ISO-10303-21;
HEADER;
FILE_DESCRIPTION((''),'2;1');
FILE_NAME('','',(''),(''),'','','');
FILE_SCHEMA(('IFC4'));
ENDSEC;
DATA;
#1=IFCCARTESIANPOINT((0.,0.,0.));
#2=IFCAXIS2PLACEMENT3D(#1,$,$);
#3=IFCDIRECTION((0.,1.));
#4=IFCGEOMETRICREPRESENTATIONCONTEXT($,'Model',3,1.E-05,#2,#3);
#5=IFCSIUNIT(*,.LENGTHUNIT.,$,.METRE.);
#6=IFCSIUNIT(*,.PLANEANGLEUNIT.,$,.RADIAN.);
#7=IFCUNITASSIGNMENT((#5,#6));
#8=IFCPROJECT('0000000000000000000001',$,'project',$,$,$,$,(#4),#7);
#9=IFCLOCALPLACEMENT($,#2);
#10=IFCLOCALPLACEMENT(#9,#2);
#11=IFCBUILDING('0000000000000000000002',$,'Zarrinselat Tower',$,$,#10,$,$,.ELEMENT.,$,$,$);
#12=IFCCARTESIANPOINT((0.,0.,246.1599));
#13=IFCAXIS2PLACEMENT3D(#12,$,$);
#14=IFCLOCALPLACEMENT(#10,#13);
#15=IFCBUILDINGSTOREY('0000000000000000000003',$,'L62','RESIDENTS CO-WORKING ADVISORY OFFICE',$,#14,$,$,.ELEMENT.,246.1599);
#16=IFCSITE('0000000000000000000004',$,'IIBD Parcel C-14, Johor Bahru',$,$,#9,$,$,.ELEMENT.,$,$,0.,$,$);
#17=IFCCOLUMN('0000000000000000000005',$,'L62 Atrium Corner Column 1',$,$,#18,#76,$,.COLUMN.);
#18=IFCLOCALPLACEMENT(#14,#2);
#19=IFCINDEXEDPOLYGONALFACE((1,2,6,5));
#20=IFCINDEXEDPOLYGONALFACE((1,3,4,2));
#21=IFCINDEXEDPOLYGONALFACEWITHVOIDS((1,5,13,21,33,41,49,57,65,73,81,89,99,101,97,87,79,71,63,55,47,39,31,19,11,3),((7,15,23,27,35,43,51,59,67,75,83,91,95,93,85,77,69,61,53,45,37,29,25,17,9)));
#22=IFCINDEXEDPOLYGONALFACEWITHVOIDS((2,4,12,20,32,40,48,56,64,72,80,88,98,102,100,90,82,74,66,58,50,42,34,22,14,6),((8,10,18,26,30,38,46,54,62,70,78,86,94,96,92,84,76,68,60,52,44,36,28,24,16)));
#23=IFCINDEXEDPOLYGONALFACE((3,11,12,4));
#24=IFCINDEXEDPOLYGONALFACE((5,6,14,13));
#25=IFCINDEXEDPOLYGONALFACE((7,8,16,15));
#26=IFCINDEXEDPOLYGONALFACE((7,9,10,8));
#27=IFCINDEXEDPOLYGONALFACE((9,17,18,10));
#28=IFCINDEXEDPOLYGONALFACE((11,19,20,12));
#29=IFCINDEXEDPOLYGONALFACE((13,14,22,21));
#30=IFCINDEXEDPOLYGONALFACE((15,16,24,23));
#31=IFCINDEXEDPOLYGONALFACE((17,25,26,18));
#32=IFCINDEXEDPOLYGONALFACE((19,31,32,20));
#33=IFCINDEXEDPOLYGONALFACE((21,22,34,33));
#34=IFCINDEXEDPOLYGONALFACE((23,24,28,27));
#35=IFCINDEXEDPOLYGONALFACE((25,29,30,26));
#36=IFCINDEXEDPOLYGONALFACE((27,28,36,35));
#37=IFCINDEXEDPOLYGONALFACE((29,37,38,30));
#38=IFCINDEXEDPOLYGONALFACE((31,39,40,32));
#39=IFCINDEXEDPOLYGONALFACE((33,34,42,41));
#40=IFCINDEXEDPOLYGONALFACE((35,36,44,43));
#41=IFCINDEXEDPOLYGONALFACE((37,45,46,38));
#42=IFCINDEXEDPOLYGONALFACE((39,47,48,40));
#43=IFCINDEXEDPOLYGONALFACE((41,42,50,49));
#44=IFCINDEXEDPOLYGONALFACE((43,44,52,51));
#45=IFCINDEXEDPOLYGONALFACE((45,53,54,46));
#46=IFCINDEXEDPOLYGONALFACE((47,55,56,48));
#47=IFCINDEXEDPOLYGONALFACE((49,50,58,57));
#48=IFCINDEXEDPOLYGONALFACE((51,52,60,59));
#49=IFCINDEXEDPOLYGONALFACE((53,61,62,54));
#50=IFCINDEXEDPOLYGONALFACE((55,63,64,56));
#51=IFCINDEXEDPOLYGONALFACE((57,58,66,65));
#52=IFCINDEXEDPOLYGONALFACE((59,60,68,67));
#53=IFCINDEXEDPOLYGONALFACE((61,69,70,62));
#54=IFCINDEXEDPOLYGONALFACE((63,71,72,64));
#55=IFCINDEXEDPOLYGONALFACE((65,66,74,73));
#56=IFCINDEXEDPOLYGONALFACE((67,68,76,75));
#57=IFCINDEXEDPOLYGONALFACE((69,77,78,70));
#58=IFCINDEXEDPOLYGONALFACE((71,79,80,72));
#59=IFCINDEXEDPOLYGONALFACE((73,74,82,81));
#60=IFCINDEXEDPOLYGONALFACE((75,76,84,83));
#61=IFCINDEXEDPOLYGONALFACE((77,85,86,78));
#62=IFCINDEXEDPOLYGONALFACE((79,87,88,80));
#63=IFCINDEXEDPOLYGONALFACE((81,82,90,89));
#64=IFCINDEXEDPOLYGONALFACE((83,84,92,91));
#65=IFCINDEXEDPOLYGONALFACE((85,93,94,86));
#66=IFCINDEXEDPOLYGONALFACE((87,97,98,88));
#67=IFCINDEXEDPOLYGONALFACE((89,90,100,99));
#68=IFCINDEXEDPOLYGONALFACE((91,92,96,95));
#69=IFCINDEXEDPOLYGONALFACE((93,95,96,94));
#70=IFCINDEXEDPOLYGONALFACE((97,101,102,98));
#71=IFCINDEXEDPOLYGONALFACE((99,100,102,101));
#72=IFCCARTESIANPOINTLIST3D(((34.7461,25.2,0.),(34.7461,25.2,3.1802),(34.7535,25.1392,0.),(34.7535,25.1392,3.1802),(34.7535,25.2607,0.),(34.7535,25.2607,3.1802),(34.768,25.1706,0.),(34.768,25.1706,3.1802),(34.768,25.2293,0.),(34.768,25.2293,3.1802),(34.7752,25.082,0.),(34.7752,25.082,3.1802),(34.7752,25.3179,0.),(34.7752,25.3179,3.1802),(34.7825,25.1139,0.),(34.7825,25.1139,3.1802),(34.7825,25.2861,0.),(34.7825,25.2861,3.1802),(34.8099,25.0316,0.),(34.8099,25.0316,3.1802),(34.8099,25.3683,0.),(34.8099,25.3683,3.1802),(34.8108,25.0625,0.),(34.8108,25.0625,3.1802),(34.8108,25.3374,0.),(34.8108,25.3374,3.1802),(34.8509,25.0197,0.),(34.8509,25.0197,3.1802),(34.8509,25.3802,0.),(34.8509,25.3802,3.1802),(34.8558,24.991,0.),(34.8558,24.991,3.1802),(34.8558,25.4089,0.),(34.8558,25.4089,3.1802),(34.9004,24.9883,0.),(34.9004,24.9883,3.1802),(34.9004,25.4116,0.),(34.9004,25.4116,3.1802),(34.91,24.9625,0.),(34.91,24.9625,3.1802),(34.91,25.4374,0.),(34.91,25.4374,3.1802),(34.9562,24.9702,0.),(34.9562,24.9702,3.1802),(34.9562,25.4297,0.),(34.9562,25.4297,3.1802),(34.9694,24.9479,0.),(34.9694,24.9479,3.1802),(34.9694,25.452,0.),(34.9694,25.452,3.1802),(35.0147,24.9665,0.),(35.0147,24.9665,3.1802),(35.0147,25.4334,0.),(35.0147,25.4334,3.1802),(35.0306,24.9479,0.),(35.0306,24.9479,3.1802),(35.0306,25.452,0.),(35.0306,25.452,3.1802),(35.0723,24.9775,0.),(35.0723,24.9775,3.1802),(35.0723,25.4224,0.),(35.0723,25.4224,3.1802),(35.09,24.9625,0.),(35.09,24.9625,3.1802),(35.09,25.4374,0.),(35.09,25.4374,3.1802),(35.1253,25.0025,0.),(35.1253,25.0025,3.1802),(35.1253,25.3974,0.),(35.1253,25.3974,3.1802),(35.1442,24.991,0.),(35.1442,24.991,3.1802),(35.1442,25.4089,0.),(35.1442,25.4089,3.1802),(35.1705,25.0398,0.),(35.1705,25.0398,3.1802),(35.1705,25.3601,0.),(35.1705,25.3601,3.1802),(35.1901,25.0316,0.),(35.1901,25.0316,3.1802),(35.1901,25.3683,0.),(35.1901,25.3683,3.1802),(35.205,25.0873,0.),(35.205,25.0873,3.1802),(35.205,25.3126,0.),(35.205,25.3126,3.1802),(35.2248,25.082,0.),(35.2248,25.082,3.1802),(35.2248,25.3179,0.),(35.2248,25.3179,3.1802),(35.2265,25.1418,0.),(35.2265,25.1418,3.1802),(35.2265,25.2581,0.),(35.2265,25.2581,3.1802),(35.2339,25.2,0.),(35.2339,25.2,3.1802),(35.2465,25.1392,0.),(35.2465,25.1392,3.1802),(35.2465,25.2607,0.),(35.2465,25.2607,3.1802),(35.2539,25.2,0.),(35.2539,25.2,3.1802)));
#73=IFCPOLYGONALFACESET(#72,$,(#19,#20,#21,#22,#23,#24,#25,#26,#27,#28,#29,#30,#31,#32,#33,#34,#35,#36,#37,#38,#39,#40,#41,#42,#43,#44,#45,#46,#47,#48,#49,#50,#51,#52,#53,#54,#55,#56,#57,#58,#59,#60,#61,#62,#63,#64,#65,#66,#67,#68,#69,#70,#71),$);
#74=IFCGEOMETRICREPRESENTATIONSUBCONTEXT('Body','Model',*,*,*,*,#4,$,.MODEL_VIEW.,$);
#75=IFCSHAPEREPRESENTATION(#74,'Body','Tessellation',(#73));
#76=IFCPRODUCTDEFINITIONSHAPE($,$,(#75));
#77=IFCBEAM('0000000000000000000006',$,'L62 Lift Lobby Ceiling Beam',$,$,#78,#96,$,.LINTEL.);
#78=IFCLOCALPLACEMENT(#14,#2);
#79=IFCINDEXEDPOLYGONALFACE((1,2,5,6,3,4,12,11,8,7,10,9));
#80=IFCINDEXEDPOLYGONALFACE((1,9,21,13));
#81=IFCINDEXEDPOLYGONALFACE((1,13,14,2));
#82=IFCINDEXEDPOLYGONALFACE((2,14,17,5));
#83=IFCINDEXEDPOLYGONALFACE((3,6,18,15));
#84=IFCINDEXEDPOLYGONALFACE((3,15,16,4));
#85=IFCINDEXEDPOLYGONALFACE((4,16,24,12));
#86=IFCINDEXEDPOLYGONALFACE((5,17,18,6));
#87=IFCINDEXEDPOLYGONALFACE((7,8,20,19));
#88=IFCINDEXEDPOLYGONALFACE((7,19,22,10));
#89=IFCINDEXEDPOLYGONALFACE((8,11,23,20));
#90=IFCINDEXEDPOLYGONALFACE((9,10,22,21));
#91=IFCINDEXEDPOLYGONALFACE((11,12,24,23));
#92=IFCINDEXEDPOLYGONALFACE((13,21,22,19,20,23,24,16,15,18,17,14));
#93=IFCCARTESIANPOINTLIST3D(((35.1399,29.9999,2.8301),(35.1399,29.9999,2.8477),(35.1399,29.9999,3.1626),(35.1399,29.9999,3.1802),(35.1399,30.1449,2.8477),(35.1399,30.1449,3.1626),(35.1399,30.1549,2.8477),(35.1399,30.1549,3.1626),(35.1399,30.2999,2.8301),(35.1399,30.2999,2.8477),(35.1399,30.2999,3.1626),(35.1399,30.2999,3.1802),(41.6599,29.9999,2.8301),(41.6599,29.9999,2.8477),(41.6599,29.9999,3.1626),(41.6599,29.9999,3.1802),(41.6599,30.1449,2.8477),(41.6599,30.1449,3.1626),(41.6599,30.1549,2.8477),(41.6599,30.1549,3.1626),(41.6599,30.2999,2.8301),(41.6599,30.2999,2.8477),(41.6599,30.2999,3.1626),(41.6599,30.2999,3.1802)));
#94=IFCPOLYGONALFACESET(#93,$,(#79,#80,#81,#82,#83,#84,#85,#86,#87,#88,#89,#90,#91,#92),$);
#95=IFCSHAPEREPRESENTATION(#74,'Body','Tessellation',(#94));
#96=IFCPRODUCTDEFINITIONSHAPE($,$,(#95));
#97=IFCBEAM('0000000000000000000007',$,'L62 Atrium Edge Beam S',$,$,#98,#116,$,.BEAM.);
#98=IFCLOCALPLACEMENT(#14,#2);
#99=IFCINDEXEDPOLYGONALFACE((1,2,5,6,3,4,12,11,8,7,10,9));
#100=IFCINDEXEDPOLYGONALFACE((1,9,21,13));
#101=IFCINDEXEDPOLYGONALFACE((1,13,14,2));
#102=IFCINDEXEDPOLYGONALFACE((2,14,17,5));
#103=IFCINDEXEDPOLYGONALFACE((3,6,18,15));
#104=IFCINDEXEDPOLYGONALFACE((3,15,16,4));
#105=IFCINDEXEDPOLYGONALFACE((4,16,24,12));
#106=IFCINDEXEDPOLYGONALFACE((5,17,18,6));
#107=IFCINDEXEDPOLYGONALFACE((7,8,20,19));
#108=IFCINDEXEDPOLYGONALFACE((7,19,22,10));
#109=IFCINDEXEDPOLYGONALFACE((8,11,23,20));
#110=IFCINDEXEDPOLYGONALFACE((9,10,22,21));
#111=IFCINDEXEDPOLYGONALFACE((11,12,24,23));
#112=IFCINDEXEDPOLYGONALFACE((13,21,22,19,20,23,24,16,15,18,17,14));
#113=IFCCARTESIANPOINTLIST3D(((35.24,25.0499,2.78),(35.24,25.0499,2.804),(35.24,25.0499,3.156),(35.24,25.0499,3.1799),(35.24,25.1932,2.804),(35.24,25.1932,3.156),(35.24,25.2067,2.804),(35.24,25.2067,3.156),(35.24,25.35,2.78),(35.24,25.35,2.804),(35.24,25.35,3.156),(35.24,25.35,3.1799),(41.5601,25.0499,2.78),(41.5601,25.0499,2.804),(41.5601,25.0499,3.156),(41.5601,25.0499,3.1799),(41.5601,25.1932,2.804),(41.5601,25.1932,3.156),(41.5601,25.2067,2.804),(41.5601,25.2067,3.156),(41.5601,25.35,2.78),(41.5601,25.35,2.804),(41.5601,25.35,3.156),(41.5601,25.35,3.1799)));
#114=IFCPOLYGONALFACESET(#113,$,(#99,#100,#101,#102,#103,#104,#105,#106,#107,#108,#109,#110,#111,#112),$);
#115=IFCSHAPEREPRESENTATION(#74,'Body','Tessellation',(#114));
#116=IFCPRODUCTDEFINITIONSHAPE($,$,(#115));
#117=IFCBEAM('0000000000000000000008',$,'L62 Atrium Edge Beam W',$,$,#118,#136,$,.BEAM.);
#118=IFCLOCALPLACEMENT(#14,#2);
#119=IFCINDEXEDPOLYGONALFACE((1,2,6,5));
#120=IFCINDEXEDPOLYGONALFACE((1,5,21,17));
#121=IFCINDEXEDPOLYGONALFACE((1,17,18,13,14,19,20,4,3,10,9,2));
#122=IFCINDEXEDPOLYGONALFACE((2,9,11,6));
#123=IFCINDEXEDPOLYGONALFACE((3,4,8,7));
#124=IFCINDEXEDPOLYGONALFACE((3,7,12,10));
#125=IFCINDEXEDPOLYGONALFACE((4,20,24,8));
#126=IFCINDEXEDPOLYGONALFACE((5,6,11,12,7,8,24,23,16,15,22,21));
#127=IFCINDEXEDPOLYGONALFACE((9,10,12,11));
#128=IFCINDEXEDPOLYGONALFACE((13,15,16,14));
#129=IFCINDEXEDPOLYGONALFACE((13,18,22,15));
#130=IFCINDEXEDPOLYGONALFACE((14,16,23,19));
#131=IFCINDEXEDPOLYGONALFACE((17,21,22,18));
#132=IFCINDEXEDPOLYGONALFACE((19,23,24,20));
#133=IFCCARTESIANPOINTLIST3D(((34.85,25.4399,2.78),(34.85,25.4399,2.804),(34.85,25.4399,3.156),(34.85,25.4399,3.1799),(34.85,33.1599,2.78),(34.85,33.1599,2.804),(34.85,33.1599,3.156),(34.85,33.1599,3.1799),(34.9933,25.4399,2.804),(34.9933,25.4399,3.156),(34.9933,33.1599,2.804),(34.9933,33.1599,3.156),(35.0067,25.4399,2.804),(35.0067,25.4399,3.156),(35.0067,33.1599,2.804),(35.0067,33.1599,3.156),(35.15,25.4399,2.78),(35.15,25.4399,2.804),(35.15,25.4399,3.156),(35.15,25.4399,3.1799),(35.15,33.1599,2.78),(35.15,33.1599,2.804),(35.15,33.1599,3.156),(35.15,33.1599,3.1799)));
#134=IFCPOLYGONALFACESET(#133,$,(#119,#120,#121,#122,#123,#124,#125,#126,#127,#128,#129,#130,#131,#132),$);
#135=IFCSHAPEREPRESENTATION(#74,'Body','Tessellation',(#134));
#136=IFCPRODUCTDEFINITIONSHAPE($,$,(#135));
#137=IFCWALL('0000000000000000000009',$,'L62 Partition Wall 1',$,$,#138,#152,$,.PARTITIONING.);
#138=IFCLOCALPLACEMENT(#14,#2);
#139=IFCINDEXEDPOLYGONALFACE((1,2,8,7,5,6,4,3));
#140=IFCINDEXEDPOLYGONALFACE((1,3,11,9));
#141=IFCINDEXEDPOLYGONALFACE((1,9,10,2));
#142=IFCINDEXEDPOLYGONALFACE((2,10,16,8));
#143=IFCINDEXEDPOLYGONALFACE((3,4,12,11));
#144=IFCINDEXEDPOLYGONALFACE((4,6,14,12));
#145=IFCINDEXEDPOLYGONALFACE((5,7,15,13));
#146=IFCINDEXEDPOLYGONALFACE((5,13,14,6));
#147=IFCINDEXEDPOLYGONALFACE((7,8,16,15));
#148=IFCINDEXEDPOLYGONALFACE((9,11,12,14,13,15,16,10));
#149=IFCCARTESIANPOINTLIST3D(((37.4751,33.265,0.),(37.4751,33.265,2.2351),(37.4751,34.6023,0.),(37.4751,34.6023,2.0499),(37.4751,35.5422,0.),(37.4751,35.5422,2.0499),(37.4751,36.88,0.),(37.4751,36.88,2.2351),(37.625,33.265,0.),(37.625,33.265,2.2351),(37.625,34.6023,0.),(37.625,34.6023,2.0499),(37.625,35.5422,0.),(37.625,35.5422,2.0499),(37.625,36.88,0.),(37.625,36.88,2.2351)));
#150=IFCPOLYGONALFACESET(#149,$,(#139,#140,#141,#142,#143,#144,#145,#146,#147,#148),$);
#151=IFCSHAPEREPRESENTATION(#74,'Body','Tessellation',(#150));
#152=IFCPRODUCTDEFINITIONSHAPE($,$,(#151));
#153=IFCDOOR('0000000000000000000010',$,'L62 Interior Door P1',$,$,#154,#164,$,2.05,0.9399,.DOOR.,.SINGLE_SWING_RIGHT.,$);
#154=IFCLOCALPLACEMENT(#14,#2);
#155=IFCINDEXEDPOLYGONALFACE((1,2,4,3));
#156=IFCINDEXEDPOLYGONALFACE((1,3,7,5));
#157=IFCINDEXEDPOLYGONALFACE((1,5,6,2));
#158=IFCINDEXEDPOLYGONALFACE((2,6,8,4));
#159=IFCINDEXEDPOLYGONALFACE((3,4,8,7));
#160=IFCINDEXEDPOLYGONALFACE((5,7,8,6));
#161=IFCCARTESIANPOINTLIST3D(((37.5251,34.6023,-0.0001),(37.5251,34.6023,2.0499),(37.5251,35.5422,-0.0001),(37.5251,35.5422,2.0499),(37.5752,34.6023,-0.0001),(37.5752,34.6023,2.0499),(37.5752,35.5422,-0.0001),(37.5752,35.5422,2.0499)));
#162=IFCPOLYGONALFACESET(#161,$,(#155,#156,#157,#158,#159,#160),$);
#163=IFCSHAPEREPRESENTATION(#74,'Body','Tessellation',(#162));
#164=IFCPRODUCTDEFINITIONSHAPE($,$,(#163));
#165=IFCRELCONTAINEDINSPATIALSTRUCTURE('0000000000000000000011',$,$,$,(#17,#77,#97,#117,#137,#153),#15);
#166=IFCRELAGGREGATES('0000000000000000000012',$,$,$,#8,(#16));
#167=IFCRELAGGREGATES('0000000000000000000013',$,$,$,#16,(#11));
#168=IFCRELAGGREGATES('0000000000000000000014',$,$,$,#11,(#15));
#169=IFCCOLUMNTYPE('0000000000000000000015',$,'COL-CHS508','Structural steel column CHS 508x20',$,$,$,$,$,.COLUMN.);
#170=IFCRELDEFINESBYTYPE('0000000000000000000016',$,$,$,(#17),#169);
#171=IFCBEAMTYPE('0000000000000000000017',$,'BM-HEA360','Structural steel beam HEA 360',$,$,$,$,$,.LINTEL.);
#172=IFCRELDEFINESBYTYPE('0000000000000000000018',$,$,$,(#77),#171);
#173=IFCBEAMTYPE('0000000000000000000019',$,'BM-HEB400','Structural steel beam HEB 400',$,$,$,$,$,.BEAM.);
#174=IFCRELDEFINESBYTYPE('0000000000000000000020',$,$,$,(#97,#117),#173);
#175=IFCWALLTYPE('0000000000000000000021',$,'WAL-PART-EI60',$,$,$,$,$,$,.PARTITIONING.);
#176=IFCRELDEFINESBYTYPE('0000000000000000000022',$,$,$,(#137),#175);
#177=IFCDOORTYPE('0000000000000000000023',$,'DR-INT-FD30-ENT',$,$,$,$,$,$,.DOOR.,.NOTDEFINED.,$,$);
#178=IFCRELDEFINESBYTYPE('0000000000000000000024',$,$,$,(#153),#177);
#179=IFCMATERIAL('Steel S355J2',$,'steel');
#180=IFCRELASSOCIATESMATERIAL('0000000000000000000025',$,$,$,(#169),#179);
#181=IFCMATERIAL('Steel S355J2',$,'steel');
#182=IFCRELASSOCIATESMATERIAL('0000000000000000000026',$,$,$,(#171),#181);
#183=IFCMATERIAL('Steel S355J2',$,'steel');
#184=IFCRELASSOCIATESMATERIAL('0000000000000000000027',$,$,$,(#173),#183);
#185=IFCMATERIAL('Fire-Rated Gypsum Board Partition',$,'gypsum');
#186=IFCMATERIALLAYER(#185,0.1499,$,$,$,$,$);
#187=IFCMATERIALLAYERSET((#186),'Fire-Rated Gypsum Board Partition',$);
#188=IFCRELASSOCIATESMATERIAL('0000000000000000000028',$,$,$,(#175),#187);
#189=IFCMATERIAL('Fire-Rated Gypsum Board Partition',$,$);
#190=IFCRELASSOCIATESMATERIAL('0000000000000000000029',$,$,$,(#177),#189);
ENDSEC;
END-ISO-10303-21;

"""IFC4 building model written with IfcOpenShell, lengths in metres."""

from ifc_helpers import new_model, si_unit, direction, frame, frame_2d, origin, origin_2d, place, context, subcontext, project, spatial, rectangle, hollow_circle, i_section, extrude, material, layer, layer_set, material_profile, profile_set, type_object, element, fill, save


model = new_model("IFC4")

# Units and contexts
model_context = context("Model", 3, precision=1e-05, world=origin(), true_north=direction((0.0, 1.0)))
body_context = subcontext(model_context, "Body", "Model", "MODEL_VIEW")
ifc_project = project(units=[si_unit("LENGTHUNIT", "METRE"), si_unit("PLANEANGLEUNIT", "RADIAN")], contexts=[model_context])

# Site, building, storey
site_placement = place(None, origin())
site = spatial("IfcSite", under=ifc_project, at=site_placement, Name="IIBD Parcel C-14, Johor Bahru", CompositionType="ELEMENT", RefElevation=0.0)
building_placement = place(site_placement, origin())
building = spatial("IfcBuilding", under=site, at=building_placement, Name="Zarrinselat Tower", CompositionType="ELEMENT")
storey_placement = place(building_placement, frame((0.0, 0.0, 246.1599)))
storey = spatial("IfcBuildingStorey", under=building, at=storey_placement, Name="L62", Description="RESIDENTS CO-WORKING ADVISORY OFFICE", CompositionType="ELEMENT", Elevation=246.1599)

# Column
ifc_material_1 = material(Name="Steel S355J2", Category="steel")
ifc_material_profile_1 = material_profile(ifc_material_1, hollow_circle(Radius=0.2539, WallThickness=0.02, at=origin_2d()), Name="CHS 508x20")
ifc_profile_set_1 = profile_set([ifc_material_profile_1], Name="Steel S355J2")
column_type = type_object("IfcColumnType", Name="COL-CHS508", Description="Structural steel column CHS 508x20", PredefinedType="COLUMN", material=ifc_profile_set_1)
column_placement = place(storey_placement, frame((35.0, 25.2, 0.0), z_axis=(0.0, 0.0, 1.0), x_axis=(1.0, 0.0, 0.0)))
element("IfcColumn", 1, at=column_placement, inside=storey, type_object=column_type, Name="L62 Atrium Corner Column 1", PredefinedType="COLUMN", context=body_context, shape_type="SweptSolid", body=[
    extrude(hollow_circle(Radius=0.2539, WallThickness=0.02, at=origin_2d()), origin(), (0.0, 0.0, 1.0), 3.1802),
])

# Beams
ifc_material_2 = material(Name="Steel S355J2", Category="steel")
ifc_material_profile_2 = material_profile(ifc_material_2, i_section(OverallWidth=0.3, OverallDepth=0.3501, WebThickness=0.01, FlangeThickness=0.0176, at=origin_2d()), Name="HEA 360")
ifc_profile_set_2 = profile_set([ifc_material_profile_2], Name="Steel S355J2")
beam_type_1 = type_object("IfcBeamType", Name="BM-HEA360", Description="Structural steel beam HEA 360", PredefinedType="LINTEL", material=ifc_profile_set_2)
beam_1_placement = place(storey_placement, frame((35.1399, 30.1499, 3.0051), z_axis=(1.0, 0.0, 0.0), x_axis=(0.0, 1.0, 0.0)))
element("IfcBeam", 2, at=beam_1_placement, inside=storey, type_object=beam_type_1, Name="L62 Lift Lobby Ceiling Beam", PredefinedType="LINTEL", context=body_context, shape_type="SweptSolid", body=[
    extrude(i_section(OverallWidth=0.3, OverallDepth=0.3501, WebThickness=0.01, FlangeThickness=0.0176, at=origin_2d()), origin(), (0.0, 0.0, 1.0), 6.52),
])
ifc_material_3 = material(Name="Steel S355J2", Category="steel")
ifc_material_profile_3 = material_profile(ifc_material_3, i_section(OverallWidth=0.3, OverallDepth=0.3999, WebThickness=0.0134, FlangeThickness=0.0239, at=origin_2d()), Name="HEB 400")
ifc_profile_set_3 = profile_set([ifc_material_profile_3], Name="Steel S355J2")
beam_type_2 = type_object("IfcBeamType", Name="BM-HEB400", Description="Structural steel beam HEB 400", PredefinedType="BEAM", material=ifc_profile_set_3)
beam_2_placement = place(storey_placement, frame((35.24, 25.2, 2.98), z_axis=(1.0, 0.0, 0.0), x_axis=(0.0, 1.0, 0.0)))
element("IfcBeam", 3, at=beam_2_placement, inside=storey, type_object=beam_type_2, Name="L62 Atrium Edge Beam S", PredefinedType="BEAM", context=body_context, shape_type="SweptSolid", body=[
    extrude(i_section(OverallWidth=0.3, OverallDepth=0.3999, WebThickness=0.0134, FlangeThickness=0.0239, at=origin_2d()), origin(), (0.0, 0.0, 1.0), 6.3201),
])
beam_3_placement = place(storey_placement, frame((35.0, 25.4399, 2.98), z_axis=(0.0, 1.0, 0.0), x_axis=(-1.0, 0.0, 0.0)))
element("IfcBeam", 4, at=beam_3_placement, inside=storey, type_object=beam_type_2, Name="L62 Atrium Edge Beam W", PredefinedType="BEAM", context=body_context, shape_type="SweptSolid", body=[
    extrude(i_section(OverallWidth=0.3, OverallDepth=0.3999, WebThickness=0.0134, FlangeThickness=0.0239, at=origin_2d()), origin(), (0.0, 0.0, 1.0), 7.72),
])

# Wall, opening, door
ifc_material_4 = material(Name="Fire-Rated Gypsum Board Partition", Category="gypsum")
ifc_layer_1 = layer(ifc_material_4, 0.1499)
ifc_layer_set_1 = layer_set([ifc_layer_1], Name="Fire-Rated Gypsum Board Partition")
wall_type_1 = type_object("IfcWallType", Name="WAL-PART-EI60", PredefinedType="PARTITIONING", material=ifc_layer_set_1)
wall_1_placement = place(storey_placement, frame((37.55, 33.2649, 0.0), z_axis=(0.0, 0.0, 1.0), x_axis=(0.0, 1.0, 0.0)))
wall_1 = element("IfcWall", 5, at=wall_1_placement, inside=storey, type_object=wall_type_1, Name="L62 Partition Wall 1", PredefinedType="PARTITIONING", context=body_context, shape_type="SweptSolid", body=[
    extrude(rectangle(XDim=3.615, YDim=0.1499, at=frame_2d((1.8076, 0.0))), origin(), (0.0, 0.0, 1.0), 2.2351),
])
opening_1_placement = place(wall_1_placement, frame((1.3374, 0.0, 0.0)))
opening_1 = element("IfcOpeningElement", 6, at=opening_1_placement, cuts=wall_1, PredefinedType="OPENING", context=body_context, shape_type="SweptSolid", body=[
    extrude(rectangle(XDim=0.9399, YDim=2.05, at=frame_2d((0.47, 1.0249))), frame((0.0, 0.085, 0.0), z_axis=(0.0, -1.0, 0.0), x_axis=(1.0, 0.0, 0.0)), (0.0, 0.0, 1.0), 0.1699),
])
ifc_material_5 = material(Name="Fire-Rated Gypsum Board Partition")
door_type_1 = type_object("IfcDoorType", Name="DR-INT-FD30-ENT", OperationType="NOTDEFINED", PredefinedType="DOOR", material=ifc_material_5)
door_1_placement = place(opening_1_placement, origin())
door_1 = element("IfcDoor", 7, at=door_1_placement, inside=storey, type_object=door_type_1, Name="L62 Interior Door P1", OperationType="SINGLE_SWING_RIGHT", OverallHeight=2.05, OverallWidth=0.9399, PredefinedType="DOOR", context=body_context, shape_type="SweptSolid", body=[
    extrude(rectangle(XDim=0.9399, YDim=2.05, at=frame_2d((0.47, 1.0249))), frame((0.0, 0.0249, 0.0), z_axis=(0.0, -1.0, 0.0), x_axis=(1.0, 0.0, 0.0)), (0.0, 0.0, 1.0), 0.05),
])
fill(opening_1, door_1)

save(model, "model.ifc")
